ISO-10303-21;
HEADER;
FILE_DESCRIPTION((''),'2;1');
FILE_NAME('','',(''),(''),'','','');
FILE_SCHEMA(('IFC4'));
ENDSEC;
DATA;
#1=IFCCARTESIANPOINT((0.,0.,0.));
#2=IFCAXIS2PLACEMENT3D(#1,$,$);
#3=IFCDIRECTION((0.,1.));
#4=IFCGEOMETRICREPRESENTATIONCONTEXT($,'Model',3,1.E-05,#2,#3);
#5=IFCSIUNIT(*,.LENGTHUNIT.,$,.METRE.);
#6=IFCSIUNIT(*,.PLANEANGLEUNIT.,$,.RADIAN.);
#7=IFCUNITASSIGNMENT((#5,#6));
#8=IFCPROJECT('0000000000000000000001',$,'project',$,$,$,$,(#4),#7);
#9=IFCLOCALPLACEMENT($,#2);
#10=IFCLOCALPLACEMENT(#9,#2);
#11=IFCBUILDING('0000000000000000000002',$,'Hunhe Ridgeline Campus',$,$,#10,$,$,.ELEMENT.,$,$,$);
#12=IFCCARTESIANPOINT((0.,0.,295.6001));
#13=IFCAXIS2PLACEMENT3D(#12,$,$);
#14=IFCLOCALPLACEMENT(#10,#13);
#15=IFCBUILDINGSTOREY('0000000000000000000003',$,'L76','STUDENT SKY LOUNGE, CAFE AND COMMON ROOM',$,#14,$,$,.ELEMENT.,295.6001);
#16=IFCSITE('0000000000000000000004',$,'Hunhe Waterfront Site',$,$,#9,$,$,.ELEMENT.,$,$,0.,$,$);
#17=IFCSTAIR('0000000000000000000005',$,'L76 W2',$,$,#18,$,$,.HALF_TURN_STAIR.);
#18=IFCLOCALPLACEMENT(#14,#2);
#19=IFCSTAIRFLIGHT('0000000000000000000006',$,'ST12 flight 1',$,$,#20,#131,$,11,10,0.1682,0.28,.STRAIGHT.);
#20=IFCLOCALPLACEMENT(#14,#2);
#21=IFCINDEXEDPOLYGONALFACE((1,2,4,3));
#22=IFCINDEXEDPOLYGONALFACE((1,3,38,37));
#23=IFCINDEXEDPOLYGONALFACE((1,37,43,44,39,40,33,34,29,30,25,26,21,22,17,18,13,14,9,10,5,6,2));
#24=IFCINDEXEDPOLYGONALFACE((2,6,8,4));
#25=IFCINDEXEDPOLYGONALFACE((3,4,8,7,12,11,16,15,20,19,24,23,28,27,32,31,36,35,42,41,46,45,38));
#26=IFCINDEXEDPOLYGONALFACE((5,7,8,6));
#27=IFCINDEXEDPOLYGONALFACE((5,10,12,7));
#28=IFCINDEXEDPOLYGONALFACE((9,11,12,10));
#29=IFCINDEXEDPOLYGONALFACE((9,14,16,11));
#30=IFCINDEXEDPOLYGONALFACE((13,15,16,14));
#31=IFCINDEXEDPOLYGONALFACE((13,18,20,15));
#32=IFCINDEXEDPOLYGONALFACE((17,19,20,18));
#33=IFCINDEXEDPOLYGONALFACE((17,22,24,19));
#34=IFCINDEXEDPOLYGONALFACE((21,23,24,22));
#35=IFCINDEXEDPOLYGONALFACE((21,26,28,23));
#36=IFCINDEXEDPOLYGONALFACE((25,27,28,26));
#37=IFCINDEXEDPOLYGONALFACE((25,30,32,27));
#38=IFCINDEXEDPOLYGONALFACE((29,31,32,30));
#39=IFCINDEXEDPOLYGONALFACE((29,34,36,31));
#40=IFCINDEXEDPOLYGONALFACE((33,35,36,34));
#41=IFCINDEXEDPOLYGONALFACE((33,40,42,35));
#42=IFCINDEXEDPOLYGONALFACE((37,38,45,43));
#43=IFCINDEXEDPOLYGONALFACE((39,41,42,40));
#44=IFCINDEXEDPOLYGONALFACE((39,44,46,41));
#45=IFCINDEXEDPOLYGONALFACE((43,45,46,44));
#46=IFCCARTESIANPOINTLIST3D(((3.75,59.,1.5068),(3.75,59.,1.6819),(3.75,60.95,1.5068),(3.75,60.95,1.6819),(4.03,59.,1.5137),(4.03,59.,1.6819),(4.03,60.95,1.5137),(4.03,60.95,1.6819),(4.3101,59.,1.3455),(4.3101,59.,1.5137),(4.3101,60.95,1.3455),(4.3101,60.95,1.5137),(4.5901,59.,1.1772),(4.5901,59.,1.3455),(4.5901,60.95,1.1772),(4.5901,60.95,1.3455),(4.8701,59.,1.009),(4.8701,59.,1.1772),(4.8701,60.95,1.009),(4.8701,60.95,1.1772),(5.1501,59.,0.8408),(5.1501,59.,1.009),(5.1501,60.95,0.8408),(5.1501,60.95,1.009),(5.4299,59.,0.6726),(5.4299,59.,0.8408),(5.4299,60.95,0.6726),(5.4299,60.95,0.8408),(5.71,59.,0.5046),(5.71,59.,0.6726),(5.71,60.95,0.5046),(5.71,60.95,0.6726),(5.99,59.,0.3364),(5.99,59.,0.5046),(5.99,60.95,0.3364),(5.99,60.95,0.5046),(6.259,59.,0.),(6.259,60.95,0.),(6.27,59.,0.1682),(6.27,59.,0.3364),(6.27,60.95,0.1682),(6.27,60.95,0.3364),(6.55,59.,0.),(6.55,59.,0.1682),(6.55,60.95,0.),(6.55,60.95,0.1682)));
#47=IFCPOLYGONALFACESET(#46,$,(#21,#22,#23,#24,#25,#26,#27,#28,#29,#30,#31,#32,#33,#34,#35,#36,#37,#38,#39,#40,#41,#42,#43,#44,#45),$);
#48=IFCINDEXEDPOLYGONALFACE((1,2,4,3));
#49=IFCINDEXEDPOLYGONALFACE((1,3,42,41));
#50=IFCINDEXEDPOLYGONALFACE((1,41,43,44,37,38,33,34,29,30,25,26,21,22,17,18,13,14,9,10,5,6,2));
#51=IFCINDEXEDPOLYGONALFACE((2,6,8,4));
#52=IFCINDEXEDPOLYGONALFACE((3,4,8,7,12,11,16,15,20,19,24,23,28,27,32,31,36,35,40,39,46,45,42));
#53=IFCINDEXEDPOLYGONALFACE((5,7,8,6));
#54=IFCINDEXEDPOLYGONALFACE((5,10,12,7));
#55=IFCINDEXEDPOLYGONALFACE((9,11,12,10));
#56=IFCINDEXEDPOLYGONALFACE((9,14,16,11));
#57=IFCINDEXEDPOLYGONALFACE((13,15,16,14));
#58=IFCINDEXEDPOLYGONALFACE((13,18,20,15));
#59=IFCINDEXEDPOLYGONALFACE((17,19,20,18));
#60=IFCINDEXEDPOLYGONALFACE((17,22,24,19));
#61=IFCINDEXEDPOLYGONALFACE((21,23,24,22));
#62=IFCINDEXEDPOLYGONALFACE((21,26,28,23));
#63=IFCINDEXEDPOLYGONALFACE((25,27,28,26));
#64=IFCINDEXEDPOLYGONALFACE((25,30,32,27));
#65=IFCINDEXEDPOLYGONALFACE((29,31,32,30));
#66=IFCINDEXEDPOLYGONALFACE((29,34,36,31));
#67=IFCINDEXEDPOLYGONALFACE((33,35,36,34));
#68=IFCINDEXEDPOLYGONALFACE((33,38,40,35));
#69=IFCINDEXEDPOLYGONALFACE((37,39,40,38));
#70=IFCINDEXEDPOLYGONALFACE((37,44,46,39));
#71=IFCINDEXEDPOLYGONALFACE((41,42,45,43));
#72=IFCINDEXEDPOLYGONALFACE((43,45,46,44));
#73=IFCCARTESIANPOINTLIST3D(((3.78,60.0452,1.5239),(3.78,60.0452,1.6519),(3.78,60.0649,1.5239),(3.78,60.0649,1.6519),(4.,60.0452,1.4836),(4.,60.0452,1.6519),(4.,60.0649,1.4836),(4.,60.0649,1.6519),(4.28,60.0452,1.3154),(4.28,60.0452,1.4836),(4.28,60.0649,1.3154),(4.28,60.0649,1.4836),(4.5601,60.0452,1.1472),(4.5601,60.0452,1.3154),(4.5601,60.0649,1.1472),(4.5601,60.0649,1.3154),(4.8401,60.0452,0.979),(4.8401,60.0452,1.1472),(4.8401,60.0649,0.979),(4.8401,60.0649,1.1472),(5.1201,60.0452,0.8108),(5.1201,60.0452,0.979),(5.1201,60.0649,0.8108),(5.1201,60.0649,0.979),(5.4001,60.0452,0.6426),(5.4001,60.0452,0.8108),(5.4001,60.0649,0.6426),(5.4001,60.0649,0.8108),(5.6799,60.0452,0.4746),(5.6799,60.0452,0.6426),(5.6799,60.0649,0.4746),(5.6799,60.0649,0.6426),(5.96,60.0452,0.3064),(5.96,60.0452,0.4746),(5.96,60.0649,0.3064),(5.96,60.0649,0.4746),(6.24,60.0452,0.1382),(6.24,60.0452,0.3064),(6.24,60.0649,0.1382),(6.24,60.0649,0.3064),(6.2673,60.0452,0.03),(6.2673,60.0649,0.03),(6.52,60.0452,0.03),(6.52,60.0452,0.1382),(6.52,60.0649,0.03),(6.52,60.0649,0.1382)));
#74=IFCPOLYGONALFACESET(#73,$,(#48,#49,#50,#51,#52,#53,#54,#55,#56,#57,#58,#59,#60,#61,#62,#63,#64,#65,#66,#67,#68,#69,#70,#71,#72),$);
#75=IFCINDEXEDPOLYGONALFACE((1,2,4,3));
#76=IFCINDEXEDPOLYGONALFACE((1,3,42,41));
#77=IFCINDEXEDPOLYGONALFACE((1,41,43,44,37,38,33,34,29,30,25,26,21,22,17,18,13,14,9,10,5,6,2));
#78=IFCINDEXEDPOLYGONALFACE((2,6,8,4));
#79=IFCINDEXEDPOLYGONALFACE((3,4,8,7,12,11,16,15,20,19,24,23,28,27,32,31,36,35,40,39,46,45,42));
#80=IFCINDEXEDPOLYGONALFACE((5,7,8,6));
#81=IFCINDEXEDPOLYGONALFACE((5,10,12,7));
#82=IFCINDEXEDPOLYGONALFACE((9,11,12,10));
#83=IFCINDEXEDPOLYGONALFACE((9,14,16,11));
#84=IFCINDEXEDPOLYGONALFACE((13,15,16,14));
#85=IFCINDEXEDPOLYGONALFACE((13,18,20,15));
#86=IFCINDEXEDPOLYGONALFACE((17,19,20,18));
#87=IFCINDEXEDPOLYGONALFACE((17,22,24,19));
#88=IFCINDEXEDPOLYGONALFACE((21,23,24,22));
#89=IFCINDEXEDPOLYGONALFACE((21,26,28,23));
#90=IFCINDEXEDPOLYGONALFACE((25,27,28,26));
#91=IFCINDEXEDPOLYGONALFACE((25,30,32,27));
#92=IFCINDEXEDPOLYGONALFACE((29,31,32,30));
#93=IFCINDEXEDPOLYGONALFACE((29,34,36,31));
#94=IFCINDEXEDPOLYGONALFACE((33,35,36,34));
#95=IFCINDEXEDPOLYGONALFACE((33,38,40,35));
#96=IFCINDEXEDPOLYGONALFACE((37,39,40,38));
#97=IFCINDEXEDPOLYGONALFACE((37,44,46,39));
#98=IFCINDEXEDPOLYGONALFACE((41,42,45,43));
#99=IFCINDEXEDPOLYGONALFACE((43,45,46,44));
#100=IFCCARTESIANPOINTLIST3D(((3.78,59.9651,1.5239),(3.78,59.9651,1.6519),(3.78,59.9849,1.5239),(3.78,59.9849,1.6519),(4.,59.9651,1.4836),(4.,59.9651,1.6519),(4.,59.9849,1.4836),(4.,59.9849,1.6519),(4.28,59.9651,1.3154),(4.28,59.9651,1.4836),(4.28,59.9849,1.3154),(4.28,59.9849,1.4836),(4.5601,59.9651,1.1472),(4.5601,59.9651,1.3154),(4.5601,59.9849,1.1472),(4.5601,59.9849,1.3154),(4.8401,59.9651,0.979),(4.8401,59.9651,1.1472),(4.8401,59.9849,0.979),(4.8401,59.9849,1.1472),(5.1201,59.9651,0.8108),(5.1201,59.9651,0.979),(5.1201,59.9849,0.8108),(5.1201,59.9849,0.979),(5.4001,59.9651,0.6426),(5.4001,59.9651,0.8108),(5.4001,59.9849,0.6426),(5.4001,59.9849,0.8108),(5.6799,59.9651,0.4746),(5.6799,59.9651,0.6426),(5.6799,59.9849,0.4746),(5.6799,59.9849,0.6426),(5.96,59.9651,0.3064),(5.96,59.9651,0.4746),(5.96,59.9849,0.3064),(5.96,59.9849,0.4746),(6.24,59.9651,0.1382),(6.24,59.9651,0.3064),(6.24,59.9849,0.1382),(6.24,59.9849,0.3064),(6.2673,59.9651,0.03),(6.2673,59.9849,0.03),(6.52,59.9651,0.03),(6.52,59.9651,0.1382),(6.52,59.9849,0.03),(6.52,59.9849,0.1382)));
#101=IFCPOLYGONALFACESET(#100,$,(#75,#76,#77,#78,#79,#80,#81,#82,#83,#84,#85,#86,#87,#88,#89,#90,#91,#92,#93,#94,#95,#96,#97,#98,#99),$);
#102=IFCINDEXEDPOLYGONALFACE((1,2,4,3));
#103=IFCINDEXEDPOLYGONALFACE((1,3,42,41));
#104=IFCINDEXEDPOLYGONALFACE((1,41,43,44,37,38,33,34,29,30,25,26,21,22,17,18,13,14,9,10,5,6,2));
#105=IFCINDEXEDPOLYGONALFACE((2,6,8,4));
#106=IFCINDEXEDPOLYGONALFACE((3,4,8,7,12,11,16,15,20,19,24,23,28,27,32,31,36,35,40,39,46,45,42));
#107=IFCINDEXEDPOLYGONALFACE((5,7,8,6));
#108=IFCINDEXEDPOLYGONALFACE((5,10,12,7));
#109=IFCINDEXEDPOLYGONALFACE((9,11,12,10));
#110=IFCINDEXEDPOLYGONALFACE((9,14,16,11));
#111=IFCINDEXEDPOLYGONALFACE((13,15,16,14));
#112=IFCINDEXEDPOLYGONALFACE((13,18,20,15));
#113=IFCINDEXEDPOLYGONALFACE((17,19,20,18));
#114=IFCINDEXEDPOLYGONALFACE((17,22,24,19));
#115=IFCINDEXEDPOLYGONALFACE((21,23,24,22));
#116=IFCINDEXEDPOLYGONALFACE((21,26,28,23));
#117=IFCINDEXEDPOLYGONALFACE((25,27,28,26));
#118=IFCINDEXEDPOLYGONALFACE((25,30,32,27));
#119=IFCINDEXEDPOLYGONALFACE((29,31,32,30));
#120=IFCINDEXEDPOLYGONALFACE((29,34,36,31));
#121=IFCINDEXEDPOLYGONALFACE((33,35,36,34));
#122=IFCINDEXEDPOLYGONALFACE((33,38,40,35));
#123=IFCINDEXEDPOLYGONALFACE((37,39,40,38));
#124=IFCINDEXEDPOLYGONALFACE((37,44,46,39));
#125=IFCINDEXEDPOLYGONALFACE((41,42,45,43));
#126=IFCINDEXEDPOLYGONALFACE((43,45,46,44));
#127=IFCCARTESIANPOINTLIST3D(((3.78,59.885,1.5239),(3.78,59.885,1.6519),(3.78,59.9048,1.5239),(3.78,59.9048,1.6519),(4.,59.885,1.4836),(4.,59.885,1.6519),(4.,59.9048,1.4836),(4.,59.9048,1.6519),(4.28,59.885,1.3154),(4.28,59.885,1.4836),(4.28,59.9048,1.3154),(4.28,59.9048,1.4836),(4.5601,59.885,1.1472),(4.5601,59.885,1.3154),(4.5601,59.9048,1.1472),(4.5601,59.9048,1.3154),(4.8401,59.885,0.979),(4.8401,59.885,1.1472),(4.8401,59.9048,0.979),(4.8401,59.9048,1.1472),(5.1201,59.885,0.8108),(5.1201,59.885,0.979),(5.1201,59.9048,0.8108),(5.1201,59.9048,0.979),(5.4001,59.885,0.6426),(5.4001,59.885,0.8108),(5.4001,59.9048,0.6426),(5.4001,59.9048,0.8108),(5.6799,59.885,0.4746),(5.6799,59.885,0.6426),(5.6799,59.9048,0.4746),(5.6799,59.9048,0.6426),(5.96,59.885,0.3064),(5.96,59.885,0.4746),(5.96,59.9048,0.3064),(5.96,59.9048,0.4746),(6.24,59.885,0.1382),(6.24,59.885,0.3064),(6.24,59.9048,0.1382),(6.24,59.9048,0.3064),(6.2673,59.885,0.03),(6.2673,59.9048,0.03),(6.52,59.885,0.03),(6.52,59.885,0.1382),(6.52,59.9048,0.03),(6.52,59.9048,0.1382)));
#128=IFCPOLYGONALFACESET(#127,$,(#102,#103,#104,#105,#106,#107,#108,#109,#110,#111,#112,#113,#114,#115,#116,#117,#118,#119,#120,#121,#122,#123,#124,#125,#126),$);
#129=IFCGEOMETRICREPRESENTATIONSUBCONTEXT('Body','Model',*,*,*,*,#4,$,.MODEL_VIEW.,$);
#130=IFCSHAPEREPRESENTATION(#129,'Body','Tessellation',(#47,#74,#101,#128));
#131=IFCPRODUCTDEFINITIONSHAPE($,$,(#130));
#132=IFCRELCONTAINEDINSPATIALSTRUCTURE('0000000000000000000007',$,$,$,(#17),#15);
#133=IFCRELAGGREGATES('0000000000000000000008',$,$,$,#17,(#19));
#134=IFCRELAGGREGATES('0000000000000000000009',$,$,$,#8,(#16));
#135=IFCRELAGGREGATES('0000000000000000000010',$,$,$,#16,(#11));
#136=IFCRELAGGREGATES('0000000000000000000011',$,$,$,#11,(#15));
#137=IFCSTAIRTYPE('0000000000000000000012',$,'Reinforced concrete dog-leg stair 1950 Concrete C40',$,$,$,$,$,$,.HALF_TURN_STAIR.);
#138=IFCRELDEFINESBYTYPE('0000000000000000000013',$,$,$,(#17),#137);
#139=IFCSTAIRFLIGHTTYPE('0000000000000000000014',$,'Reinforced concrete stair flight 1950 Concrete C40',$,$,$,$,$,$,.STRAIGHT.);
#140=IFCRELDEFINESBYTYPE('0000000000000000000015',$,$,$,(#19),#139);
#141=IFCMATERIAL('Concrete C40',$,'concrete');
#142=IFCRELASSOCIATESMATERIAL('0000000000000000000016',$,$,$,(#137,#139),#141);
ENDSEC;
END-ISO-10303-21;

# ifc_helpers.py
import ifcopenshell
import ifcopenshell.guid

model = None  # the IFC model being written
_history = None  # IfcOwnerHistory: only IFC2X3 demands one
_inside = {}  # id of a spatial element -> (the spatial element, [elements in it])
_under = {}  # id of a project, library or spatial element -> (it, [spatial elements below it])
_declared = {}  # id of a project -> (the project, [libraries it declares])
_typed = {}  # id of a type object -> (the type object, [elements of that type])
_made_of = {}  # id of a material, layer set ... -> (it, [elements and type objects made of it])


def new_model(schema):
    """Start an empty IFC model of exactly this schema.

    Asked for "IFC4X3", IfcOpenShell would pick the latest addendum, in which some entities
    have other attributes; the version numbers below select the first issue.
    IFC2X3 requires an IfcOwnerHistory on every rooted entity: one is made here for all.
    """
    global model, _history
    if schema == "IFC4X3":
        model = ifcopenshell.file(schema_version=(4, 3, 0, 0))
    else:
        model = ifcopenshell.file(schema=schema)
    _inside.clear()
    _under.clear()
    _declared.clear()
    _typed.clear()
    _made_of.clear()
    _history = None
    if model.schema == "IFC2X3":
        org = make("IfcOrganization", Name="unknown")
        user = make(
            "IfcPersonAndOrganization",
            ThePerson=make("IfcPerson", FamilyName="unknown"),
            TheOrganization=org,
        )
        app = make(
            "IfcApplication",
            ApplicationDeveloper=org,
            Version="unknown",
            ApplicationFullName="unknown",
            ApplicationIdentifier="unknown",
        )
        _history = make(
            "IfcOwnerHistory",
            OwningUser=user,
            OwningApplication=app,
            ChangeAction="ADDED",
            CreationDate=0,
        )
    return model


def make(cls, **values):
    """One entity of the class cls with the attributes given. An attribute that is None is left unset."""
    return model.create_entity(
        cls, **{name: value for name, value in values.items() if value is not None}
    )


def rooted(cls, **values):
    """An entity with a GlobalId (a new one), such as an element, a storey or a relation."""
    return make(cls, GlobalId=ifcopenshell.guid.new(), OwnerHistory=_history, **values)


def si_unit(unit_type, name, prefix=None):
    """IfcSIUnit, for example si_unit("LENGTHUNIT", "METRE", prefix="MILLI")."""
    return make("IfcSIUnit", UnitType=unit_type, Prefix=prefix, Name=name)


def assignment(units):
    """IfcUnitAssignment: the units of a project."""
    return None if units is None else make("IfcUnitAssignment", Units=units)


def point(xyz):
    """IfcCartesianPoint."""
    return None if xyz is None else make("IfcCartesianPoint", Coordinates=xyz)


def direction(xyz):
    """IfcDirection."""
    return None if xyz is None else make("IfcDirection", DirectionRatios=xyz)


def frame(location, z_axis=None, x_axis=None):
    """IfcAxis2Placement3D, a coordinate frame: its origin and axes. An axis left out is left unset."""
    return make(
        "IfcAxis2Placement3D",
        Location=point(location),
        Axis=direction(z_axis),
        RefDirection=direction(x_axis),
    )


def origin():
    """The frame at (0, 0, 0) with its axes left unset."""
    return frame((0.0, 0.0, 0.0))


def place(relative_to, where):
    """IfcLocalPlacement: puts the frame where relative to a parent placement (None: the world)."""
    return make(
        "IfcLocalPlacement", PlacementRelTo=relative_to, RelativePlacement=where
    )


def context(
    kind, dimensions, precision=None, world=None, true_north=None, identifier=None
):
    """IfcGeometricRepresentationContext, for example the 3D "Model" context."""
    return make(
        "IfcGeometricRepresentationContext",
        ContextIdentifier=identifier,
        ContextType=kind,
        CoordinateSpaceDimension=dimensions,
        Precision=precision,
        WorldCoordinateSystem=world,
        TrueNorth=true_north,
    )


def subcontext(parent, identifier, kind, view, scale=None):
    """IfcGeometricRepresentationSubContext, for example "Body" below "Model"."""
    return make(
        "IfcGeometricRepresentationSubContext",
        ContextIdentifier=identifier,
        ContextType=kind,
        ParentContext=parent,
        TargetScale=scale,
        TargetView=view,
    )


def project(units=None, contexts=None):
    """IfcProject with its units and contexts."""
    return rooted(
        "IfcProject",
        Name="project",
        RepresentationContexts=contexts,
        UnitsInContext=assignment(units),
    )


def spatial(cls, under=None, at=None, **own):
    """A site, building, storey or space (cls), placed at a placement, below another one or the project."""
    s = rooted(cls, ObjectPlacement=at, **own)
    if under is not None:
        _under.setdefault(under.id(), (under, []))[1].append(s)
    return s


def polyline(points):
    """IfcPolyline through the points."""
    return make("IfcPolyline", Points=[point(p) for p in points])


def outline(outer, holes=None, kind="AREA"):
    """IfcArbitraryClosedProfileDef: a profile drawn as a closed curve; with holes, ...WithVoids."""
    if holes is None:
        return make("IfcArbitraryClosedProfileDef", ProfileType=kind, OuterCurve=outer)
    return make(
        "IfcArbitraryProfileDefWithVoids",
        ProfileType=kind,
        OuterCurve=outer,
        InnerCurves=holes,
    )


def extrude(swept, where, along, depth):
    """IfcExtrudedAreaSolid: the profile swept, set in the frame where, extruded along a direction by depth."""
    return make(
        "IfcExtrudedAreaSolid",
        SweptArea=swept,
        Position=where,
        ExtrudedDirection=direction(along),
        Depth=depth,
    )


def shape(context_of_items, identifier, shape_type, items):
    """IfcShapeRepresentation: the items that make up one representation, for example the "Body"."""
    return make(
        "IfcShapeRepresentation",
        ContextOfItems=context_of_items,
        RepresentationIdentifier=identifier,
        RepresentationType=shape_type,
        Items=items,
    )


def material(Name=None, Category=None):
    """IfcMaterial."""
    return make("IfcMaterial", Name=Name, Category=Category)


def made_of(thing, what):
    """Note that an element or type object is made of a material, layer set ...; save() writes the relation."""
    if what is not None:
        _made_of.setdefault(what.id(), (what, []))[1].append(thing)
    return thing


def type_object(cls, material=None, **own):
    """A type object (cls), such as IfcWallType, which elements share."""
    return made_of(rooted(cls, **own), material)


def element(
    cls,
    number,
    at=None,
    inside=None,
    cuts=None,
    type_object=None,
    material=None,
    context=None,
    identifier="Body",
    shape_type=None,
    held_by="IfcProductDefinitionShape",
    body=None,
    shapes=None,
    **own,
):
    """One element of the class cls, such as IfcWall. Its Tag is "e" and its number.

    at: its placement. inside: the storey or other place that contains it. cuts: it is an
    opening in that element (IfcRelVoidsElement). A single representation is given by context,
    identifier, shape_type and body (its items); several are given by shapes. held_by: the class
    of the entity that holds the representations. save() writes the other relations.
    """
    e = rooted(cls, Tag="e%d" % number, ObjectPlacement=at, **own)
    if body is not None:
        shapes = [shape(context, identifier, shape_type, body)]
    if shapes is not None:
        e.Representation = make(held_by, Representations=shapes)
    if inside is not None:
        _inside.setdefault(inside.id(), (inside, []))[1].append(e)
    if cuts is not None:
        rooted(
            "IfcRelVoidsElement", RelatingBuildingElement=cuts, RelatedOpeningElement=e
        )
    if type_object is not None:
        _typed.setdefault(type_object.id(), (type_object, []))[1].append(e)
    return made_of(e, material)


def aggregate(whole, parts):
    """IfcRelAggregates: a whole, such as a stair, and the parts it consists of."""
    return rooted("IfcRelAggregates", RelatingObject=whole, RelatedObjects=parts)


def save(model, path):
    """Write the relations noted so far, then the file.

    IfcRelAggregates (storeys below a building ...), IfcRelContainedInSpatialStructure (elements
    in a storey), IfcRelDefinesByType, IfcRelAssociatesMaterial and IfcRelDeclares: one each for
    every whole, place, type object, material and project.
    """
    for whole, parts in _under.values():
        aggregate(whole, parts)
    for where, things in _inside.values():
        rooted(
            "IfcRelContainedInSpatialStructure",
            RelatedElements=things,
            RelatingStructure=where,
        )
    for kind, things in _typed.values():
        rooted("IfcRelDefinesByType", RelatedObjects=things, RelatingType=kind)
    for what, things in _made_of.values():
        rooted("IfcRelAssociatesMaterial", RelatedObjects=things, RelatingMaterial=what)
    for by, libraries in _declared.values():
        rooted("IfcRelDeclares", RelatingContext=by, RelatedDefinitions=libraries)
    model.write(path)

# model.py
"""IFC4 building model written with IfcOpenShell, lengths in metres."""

from ifc_helpers import new_model, si_unit, direction, frame, origin, place, context, subcontext, project, spatial, polyline, outline, extrude, material, type_object, element, aggregate, save


model = new_model("IFC4")

# Units and contexts
model_context = context("Model", 3, precision=1e-05, world=origin(), true_north=direction((0.0, 1.0)))
body_context = subcontext(model_context, "Body", "Model", "MODEL_VIEW")
ifc_project = project(units=[si_unit("LENGTHUNIT", "METRE"), si_unit("PLANEANGLEUNIT", "RADIAN")], contexts=[model_context])

# Site, building, storey
site_placement = place(None, origin())
site = spatial("IfcSite", under=ifc_project, at=site_placement, Name="Hunhe Waterfront Site", CompositionType="ELEMENT", RefElevation=0.0)
building_placement = place(site_placement, origin())
building = spatial("IfcBuilding", under=site, at=building_placement, Name="Hunhe Ridgeline Campus", CompositionType="ELEMENT")
storey_placement = place(building_placement, frame((0.0, 0.0, 295.6001)))
storey = spatial("IfcBuildingStorey", under=building, at=storey_placement, Name="L76", Description="STUDENT SKY LOUNGE, CAFE AND COMMON ROOM", CompositionType="ELEMENT", Elevation=295.6001)

# Shared definitions
ifc_material_1 = material(Name="Concrete C40", Category="concrete")
stair_type = type_object("IfcStairType", Name="Reinforced concrete dog-leg stair 1950 Concrete C40", PredefinedType="HALF_TURN_STAIR", material=ifc_material_1)
stair_flight_type = type_object("IfcStairFlightType", Name="Reinforced concrete stair flight 1950 Concrete C40", PredefinedType="STRAIGHT", material=ifc_material_1)

# Stair, stair flight
stair_1_placement = place(storey_placement, origin())
stair_1 = element("IfcStair", 1, at=stair_1_placement, inside=storey, type_object=stair_type, Name="L76 W2", PredefinedType="HALF_TURN_STAIR")
stair_flight_1_placement = place(storey_placement, frame((6.55, 59.9751, 0.0), z_axis=(0.0, 0.0, 1.0), x_axis=(-1.0, 0.0, 0.0)))
stair_flight_1 = element("IfcStairFlight", 2, at=stair_flight_1_placement, type_object=stair_flight_type, Name="ST12 flight 1", NumberOfRisers=11, NumberOfTreads=10, PredefinedType="STRAIGHT", RiserHeight=0.1682, TreadLength=0.28, context=body_context, shape_type="SweptSolid", body=[
    extrude(outline(polyline([(0.0, 0.0), (0.0, 0.1682), (0.28, 0.1682), (0.28, 0.3364), (0.5601, 0.3364), (0.5601, 0.5046), (0.8401, 0.5046), (0.8401, 0.6726), (1.1201, 0.6726), (1.1201, 0.8408), (1.3999, 0.8408), (1.3999, 1.009), (1.6799, 1.009), (1.6799, 1.1772), (1.96, 1.1772), (1.96, 1.3455), (2.24, 1.3455), (2.24, 1.5137), (2.52, 1.5137), (2.52, 1.6819), (2.8, 1.6819), (2.8, 1.8501), (2.8, 1.5068), (0.291, 0.0), (0.0, 0.0)])), frame((0.0, 0.9751, 0.0), z_axis=(0.0, -1.0, 0.0), x_axis=(1.0, 0.0, 0.0)), (0.0, 0.0, 1.0), 1.95),
    extrude(outline(polyline([(0.03, 0.03), (0.03, 0.1382), (0.3101, 0.1382), (0.3101, 0.3064), (0.5901, 0.3064), (0.5901, 0.4746), (0.8701, 0.4746), (0.8701, 0.6426), (1.1499, 0.6426), (1.1499, 0.8108), (1.4299, 0.8108), (1.4299, 0.979), (1.71, 0.979), (1.71, 1.1472), (1.99, 1.1472), (1.99, 1.3154), (2.27, 1.3154), (2.27, 1.4836), (2.55, 1.4836), (2.55, 1.6519), (2.77, 1.6519), (2.77, 1.5239), (0.2827, 0.03), (0.03, 0.03)])), frame((0.0, -0.0701, 0.0), z_axis=(0.0, -1.0, 0.0), x_axis=(1.0, 0.0, 0.0)), (0.0, 0.0, 1.0), 0.0198),
    extrude(outline(polyline([(0.03, 0.03), (0.03, 0.1382), (0.3101, 0.1382), (0.3101, 0.3064), (0.5901, 0.3064), (0.5901, 0.4746), (0.8701, 0.4746), (0.8701, 0.6426), (1.1499, 0.6426), (1.1499, 0.8108), (1.4299, 0.8108), (1.4299, 0.979), (1.71, 0.979), (1.71, 1.1472), (1.99, 1.1472), (1.99, 1.3154), (2.27, 1.3154), (2.27, 1.4836), (2.55, 1.4836), (2.55, 1.6519), (2.77, 1.6519), (2.77, 1.5239), (0.2827, 0.03), (0.03, 0.03)])), frame((0.0, 0.01, 0.0), z_axis=(0.0, -1.0, 0.0), x_axis=(1.0, 0.0, 0.0)), (0.0, 0.0, 1.0), 0.0198),
    extrude(outline(polyline([(0.03, 0.03), (0.03, 0.1382), (0.3101, 0.1382), (0.3101, 0.3064), (0.5901, 0.3064), (0.5901, 0.4746), (0.8701, 0.4746), (0.8701, 0.6426), (1.1499, 0.6426), (1.1499, 0.8108), (1.4299, 0.8108), (1.4299, 0.979), (1.71, 0.979), (1.71, 1.1472), (1.99, 1.1472), (1.99, 1.3154), (2.27, 1.3154), (2.27, 1.4836), (2.55, 1.4836), (2.55, 1.6519), (2.77, 1.6519), (2.77, 1.5239), (0.2827, 0.03), (0.03, 0.03)])), frame((0.0, 0.0901, 0.0), z_axis=(0.0, -1.0, 0.0), x_axis=(1.0, 0.0, 0.0)), (0.0, 0.0, 1.0), 0.0198),
])
aggregate(stair_1, [stair_flight_1])

save(model, "model.ifc")
